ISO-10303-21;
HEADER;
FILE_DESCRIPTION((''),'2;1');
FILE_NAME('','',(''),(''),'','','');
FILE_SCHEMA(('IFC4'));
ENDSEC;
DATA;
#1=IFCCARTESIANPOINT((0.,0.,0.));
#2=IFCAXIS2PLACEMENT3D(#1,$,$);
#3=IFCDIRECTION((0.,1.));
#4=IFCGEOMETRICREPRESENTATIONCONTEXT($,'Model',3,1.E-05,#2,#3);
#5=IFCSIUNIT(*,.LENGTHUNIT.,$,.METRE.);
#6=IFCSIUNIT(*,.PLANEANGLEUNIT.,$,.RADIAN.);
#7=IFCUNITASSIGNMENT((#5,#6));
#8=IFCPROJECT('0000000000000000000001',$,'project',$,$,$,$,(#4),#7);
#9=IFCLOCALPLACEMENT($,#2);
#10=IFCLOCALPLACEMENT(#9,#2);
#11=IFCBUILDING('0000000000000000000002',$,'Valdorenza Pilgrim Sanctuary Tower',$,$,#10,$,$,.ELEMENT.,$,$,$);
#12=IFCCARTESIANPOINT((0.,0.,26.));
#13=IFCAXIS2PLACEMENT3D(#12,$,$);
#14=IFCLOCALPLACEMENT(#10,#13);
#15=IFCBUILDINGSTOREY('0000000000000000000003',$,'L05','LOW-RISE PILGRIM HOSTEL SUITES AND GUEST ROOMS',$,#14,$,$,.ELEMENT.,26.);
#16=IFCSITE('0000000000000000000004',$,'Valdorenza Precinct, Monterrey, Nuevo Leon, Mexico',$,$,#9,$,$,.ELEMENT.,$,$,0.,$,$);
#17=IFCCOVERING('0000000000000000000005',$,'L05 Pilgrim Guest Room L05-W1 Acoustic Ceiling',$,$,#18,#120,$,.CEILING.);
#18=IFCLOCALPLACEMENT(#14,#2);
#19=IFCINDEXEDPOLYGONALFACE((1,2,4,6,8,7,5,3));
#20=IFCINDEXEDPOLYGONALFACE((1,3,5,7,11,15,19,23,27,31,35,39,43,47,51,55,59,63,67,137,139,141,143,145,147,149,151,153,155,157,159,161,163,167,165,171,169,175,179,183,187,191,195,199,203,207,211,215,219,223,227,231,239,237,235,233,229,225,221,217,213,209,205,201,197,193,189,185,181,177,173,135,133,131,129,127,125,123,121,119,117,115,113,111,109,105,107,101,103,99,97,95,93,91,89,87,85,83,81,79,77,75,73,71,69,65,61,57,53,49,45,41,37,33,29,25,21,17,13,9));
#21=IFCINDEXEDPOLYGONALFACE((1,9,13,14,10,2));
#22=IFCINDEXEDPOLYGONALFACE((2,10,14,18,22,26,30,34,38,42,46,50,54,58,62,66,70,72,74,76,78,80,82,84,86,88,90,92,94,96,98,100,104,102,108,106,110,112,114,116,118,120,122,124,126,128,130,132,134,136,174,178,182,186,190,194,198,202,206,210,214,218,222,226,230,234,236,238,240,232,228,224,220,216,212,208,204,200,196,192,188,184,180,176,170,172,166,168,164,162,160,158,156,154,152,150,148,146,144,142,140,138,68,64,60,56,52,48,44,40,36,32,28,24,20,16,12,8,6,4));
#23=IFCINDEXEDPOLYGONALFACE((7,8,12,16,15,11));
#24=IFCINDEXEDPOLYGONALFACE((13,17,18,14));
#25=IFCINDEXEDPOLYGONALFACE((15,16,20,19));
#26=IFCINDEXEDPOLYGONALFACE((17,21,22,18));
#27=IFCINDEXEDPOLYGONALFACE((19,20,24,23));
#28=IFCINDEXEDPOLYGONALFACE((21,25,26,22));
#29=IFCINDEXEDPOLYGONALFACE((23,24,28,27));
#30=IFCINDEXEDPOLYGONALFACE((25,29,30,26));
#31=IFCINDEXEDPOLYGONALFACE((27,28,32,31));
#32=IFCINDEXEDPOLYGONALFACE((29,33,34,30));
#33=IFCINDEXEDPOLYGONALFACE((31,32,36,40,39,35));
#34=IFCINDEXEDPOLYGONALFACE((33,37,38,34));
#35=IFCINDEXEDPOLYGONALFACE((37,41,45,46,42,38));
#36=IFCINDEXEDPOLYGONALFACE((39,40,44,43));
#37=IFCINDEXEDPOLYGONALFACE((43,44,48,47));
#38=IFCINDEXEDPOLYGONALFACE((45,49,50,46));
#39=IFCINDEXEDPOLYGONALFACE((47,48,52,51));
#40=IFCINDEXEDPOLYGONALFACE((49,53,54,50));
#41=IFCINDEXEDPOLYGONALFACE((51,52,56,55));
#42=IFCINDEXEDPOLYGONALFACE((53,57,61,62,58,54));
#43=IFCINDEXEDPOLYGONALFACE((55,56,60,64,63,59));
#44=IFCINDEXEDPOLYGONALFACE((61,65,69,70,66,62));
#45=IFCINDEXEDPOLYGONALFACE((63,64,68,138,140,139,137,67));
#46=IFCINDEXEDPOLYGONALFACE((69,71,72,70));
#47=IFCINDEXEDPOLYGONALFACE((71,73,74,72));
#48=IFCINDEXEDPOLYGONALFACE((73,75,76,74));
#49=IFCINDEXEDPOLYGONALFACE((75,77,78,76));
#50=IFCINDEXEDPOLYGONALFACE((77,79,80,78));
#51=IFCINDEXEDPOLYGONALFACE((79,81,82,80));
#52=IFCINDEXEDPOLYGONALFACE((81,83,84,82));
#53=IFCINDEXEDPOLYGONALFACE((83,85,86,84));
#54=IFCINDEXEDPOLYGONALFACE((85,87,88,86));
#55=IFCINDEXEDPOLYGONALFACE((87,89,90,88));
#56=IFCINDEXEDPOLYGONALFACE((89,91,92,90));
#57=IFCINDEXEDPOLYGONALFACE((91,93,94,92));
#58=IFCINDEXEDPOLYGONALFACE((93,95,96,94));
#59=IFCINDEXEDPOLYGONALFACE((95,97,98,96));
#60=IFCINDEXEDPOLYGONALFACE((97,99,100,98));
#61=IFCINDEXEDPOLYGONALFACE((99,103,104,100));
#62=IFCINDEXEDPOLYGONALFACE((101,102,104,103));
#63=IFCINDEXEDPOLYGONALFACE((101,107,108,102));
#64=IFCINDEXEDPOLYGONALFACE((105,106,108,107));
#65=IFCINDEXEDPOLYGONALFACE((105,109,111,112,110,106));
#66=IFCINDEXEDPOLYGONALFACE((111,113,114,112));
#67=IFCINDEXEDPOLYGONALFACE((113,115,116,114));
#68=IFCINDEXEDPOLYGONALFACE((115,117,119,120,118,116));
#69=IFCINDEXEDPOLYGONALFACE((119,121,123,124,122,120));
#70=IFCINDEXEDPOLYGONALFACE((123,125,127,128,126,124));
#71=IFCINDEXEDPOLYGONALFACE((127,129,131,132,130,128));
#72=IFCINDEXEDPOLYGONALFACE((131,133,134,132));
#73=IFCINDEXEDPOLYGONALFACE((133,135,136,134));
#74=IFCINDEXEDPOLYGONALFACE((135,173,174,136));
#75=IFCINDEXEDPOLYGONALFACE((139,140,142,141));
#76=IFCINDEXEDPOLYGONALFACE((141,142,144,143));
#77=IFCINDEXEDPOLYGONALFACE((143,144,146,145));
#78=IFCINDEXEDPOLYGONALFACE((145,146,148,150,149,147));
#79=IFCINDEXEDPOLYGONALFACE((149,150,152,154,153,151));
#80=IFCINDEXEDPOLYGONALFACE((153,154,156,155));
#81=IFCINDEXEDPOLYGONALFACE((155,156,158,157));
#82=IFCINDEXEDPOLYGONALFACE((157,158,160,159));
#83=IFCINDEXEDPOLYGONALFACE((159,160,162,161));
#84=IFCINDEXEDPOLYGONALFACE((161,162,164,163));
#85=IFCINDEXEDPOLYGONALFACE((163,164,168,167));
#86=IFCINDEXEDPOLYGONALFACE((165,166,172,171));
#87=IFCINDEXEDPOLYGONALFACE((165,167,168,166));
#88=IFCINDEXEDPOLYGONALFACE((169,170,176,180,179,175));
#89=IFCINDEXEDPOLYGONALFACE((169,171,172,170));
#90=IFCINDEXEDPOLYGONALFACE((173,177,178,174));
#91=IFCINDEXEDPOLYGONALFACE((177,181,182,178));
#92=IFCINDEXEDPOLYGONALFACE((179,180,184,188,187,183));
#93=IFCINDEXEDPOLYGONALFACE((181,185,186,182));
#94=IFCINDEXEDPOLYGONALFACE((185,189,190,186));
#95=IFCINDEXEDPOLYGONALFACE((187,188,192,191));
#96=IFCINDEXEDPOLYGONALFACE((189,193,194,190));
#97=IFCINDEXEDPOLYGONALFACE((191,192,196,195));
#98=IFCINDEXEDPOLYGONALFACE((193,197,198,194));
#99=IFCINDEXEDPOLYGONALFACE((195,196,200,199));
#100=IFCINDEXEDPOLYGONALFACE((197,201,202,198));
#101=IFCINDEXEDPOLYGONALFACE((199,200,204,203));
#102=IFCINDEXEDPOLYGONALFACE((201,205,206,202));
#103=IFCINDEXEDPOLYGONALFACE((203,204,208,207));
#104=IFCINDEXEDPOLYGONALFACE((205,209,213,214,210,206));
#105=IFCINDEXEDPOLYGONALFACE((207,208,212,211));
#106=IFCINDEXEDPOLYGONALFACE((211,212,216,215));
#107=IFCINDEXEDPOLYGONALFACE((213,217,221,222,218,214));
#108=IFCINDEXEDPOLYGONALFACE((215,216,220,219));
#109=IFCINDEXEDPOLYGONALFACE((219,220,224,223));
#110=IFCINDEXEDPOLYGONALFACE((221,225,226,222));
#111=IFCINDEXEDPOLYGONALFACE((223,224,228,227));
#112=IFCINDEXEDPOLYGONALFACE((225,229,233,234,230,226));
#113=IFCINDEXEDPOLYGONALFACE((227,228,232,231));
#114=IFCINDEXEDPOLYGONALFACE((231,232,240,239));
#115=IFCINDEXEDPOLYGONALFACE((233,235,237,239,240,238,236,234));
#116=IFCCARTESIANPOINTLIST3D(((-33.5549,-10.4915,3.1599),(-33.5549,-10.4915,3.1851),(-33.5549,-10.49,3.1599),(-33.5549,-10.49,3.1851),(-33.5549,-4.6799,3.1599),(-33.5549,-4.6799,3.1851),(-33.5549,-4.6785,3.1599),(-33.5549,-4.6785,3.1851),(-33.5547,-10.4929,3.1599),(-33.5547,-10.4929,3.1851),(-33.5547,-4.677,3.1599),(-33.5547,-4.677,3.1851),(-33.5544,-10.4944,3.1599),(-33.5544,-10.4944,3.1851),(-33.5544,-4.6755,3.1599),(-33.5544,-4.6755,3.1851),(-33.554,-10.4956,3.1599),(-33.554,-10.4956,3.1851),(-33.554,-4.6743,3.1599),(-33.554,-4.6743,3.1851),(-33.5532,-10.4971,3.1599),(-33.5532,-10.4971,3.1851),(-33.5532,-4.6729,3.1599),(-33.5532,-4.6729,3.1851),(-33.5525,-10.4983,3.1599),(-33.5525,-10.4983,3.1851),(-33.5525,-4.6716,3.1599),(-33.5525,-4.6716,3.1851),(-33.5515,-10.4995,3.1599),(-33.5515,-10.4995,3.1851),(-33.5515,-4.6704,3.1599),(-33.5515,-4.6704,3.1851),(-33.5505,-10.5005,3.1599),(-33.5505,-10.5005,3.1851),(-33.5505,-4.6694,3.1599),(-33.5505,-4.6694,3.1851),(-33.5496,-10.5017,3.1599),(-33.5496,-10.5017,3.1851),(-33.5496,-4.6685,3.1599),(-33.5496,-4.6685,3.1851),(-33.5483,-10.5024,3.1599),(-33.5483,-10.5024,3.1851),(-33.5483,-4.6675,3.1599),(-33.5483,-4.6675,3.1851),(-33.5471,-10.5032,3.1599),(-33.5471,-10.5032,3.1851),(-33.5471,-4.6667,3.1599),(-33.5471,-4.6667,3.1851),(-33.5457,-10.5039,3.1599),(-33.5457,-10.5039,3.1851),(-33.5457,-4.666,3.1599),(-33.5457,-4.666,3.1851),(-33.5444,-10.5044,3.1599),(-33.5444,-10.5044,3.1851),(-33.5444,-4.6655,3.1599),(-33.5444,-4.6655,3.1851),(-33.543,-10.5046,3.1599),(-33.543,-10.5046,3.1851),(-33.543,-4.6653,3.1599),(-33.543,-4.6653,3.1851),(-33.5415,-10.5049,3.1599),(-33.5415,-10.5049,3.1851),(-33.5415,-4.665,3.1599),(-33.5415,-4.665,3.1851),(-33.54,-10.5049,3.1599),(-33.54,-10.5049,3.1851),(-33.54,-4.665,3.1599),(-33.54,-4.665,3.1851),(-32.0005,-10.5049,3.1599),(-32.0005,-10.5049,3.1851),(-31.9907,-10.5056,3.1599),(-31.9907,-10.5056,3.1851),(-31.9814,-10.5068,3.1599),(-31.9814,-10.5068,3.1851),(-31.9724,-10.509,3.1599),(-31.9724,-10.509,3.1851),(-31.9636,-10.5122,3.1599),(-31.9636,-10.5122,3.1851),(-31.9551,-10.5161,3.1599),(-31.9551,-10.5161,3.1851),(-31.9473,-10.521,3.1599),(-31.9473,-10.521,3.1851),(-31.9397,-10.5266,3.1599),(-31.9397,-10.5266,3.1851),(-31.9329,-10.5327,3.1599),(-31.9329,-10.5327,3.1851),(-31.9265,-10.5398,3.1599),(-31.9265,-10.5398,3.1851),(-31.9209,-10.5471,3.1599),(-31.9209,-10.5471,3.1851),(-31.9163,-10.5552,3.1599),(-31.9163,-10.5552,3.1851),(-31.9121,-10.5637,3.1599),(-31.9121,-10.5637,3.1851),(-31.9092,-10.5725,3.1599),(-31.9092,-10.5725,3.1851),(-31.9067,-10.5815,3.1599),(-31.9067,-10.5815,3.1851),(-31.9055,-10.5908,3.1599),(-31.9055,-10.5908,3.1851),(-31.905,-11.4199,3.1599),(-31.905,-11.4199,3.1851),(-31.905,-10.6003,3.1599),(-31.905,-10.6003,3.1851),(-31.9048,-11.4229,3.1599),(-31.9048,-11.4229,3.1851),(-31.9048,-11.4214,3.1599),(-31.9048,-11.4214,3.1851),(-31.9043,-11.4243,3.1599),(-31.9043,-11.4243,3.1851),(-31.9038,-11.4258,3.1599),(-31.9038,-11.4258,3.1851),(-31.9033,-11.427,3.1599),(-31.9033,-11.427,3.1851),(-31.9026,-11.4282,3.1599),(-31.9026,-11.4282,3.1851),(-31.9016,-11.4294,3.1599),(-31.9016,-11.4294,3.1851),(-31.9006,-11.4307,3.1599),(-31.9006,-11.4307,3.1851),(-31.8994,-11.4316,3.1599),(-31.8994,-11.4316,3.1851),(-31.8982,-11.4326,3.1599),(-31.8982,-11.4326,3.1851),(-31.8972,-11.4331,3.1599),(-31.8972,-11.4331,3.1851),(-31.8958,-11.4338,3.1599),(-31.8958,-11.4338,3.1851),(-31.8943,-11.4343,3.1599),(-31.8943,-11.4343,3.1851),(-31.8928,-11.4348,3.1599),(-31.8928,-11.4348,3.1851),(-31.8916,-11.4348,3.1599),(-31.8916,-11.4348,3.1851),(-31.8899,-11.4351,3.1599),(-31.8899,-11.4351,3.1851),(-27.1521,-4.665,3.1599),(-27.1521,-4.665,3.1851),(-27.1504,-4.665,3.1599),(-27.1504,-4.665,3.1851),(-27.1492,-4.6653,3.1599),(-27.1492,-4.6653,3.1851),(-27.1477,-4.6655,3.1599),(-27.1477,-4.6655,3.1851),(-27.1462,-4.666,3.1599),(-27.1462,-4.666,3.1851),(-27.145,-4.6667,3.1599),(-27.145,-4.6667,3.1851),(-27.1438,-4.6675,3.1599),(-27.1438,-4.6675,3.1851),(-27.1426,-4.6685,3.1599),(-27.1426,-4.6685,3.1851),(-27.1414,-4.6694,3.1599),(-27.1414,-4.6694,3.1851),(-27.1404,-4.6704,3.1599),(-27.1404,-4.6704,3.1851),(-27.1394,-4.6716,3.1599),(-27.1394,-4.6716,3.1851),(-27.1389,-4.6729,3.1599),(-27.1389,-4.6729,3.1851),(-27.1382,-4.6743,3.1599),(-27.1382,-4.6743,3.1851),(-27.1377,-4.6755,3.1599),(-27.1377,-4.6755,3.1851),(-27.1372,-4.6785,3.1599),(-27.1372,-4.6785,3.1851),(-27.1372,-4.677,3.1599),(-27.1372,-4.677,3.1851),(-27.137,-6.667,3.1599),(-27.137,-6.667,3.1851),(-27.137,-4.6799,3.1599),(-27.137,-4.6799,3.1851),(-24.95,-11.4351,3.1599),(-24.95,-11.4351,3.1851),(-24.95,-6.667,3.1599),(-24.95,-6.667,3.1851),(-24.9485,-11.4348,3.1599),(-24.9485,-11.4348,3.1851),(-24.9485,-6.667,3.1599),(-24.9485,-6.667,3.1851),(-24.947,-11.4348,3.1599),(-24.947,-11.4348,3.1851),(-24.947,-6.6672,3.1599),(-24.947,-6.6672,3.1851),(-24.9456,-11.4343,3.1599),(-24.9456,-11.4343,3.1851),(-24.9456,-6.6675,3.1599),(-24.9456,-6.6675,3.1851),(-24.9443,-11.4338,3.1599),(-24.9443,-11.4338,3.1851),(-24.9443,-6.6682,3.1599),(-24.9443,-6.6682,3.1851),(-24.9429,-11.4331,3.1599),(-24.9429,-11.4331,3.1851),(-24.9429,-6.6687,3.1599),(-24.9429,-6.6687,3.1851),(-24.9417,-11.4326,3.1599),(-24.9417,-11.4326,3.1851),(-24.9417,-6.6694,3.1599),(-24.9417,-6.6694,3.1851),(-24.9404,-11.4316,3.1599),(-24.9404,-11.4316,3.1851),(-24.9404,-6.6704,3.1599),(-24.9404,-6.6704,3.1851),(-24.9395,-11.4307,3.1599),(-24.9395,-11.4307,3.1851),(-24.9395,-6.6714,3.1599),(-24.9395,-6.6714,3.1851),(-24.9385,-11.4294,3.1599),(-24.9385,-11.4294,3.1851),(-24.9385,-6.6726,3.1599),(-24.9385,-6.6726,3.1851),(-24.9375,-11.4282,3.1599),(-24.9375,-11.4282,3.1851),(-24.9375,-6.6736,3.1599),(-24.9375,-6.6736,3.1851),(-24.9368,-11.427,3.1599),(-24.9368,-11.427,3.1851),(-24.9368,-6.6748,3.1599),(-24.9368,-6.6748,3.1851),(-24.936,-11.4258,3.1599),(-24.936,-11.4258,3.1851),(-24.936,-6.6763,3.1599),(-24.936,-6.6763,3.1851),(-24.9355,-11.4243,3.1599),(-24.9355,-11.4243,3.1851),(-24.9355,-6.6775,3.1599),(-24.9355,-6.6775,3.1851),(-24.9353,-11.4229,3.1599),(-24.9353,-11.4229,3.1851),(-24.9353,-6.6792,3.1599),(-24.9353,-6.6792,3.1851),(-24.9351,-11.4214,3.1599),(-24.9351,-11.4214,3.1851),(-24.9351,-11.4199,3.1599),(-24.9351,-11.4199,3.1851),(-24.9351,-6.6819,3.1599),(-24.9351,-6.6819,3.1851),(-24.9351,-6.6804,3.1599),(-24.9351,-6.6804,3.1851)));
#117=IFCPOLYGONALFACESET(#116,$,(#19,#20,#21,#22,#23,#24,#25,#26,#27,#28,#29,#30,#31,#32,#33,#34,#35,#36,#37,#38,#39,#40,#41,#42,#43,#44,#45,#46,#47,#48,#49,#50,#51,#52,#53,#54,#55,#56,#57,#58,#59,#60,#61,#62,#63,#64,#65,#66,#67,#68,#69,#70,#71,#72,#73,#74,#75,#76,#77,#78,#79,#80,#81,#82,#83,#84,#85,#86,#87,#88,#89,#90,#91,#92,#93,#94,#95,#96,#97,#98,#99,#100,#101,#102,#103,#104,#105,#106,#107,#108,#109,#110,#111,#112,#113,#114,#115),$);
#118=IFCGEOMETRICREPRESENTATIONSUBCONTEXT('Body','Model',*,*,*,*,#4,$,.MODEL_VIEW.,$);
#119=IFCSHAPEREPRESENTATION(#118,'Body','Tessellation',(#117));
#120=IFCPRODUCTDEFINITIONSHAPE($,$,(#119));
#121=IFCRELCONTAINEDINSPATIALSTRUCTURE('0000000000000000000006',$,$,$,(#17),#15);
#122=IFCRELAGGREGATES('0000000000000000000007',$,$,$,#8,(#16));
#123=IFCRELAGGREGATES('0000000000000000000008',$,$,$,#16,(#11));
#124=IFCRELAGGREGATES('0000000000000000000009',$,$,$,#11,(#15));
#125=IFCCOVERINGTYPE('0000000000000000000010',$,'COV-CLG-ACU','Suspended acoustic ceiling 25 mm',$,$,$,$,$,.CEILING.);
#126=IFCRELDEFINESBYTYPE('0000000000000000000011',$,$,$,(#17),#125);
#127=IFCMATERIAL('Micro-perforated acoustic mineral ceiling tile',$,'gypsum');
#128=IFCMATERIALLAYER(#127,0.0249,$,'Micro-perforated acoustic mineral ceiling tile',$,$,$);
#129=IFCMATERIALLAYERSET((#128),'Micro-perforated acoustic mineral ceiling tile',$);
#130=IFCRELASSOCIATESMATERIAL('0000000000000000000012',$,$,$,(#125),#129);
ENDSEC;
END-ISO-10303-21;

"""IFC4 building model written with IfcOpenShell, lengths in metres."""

from ifc_helpers import new_model, si_unit, direction, frame, origin, place, context, subcontext, project, spatial, polyline, outline, extrude, material, layer, layer_set, type_object, element, save


model = new_model("IFC4")

# Units and contexts
model_context = context("Model", 3, precision=1e-05, world=origin(), true_north=direction((0.0, 1.0)))
body_context = subcontext(model_context, "Body", "Model", "MODEL_VIEW")
ifc_project = project(units=[si_unit("LENGTHUNIT", "METRE"), si_unit("PLANEANGLEUNIT", "RADIAN")], contexts=[model_context])

# Site, building, storey
site_placement = place(None, origin())
site = spatial("IfcSite", under=ifc_project, at=site_placement, Name="Valdorenza Precinct, Monterrey, Nuevo Leon, Mexico", CompositionType="ELEMENT", RefElevation=0.0)
building_placement = place(site_placement, origin())
building = spatial("IfcBuilding", under=site, at=building_placement, Name="Valdorenza Pilgrim Sanctuary Tower", CompositionType="ELEMENT")
storey_placement = place(building_placement, frame((0.0, 0.0, 26.0)))
storey = spatial("IfcBuildingStorey", under=building, at=storey_placement, Name="L05", Description="LOW-RISE PILGRIM HOSTEL SUITES AND GUEST ROOMS", CompositionType="ELEMENT", Elevation=26.0)

# Covering
ifc_material_1 = material(Name="Micro-perforated acoustic mineral ceiling tile", Category="gypsum")
ifc_layer_1 = layer(ifc_material_1, 0.0249, Name="Micro-perforated acoustic mineral ceiling tile")
ifc_layer_set_1 = layer_set([ifc_layer_1], Name="Micro-perforated acoustic mineral ceiling tile")
covering_type_1 = type_object("IfcCoveringType", Name="COV-CLG-ACU", Description="Suspended acoustic ceiling 25 mm", PredefinedType="CEILING", material=ifc_layer_set_1)
covering_1_placement = place(storey_placement, frame((0.0, 0.0, 3.1599)))
element("IfcCovering", 1, at=covering_1_placement, inside=storey, type_object=covering_type_1, Name="L05 Pilgrim Guest Room L05-W1 Acoustic Ceiling", PredefinedType="CEILING", context=body_context, shape_type="SweptSolid", body=[
    extrude(outline(polyline([(-31.905, -10.6003), (-31.9055, -10.5908), (-31.9067, -10.5815), (-31.9092, -10.5725), (-31.9121, -10.5637), (-31.9163, -10.5552), (-31.9209, -10.5471), (-31.9265, -10.5398), (-31.9329, -10.5327), (-31.9397, -10.5266), (-31.9473, -10.521), (-31.9551, -10.5161), (-31.9636, -10.5122), (-31.9724, -10.509), (-31.9814, -10.5068), (-31.9907, -10.5056), (-32.0005, -10.5049), (-33.54, -10.5049), (-33.5415, -10.5049), (-33.543, -10.5046), (-33.5444, -10.5044), (-33.5457, -10.5039), (-33.5471, -10.5032), (-33.5483, -10.5024), (-33.5496, -10.5017), (-33.5505, -10.5005), (-33.5515, -10.4995), (-33.5525, -10.4983), (-33.5532, -10.4971), (-33.554, -10.4956), (-33.5544, -10.4944), (-33.5547, -10.4929), (-33.5549, -10.4915), (-33.5549, -10.49), (-33.5549, -4.6799), (-33.5549, -4.6785), (-33.5547, -4.677), (-33.5544, -4.6755), (-33.554, -4.6743), (-33.5532, -4.6729), (-33.5525, -4.6716), (-33.5515, -4.6704), (-33.5505, -4.6694), (-33.5496, -4.6685), (-33.5483, -4.6675), (-33.5471, -4.6667), (-33.5457, -4.666), (-33.5444, -4.6655), (-33.543, -4.6653), (-33.5415, -4.665), (-33.54, -4.665), (-27.1521, -4.665), (-27.1504, -4.665), (-27.1492, -4.6653), (-27.1477, -4.6655), (-27.1462, -4.666), (-27.145, -4.6667), (-27.1438, -4.6675), (-27.1426, -4.6685), (-27.1414, -4.6694), (-27.1404, -4.6704), (-27.1394, -4.6716), (-27.1389, -4.6729), (-27.1382, -4.6743), (-27.1377, -4.6755), (-27.1372, -4.677), (-27.1372, -4.6785), (-27.137, -4.6799), (-27.137, -6.667), (-24.95, -6.667), (-24.9485, -6.667), (-24.947, -6.6672), (-24.9456, -6.6675), (-24.9443, -6.6682), (-24.9429, -6.6687), (-24.9417, -6.6694), (-24.9404, -6.6704), (-24.9395, -6.6714), (-24.9385, -6.6726), (-24.9375, -6.6736), (-24.9368, -6.6748), (-24.936, -6.6763), (-24.9355, -6.6775), (-24.9353, -6.6792), (-24.9351, -6.6804), (-24.9351, -6.6819), (-24.9351, -11.4199), (-24.9351, -11.4214), (-24.9353, -11.4229), (-24.9355, -11.4243), (-24.936, -11.4258), (-24.9368, -11.427), (-24.9375, -11.4282), (-24.9385, -11.4294), (-24.9395, -11.4307), (-24.9404, -11.4316), (-24.9417, -11.4326), (-24.9429, -11.4331), (-24.9443, -11.4338), (-24.9456, -11.4343), (-24.947, -11.4348), (-24.9485, -11.4348), (-24.95, -11.4351), (-31.8899, -11.4351), (-31.8916, -11.4348), (-31.8928, -11.4348), (-31.8943, -11.4343), (-31.8958, -11.4338), (-31.8972, -11.4331), (-31.8982, -11.4326), (-31.8994, -11.4316), (-31.9006, -11.4307), (-31.9016, -11.4294), (-31.9026, -11.4282), (-31.9033, -11.427), (-31.9038, -11.4258), (-31.9043, -11.4243), (-31.9048, -11.4229), (-31.9048, -11.4214), (-31.905, -11.4199), (-31.905, -10.6003)])), origin(), (0.0, 0.0, 1.0), 0.0251),
])

save(model, "model.ifc")
